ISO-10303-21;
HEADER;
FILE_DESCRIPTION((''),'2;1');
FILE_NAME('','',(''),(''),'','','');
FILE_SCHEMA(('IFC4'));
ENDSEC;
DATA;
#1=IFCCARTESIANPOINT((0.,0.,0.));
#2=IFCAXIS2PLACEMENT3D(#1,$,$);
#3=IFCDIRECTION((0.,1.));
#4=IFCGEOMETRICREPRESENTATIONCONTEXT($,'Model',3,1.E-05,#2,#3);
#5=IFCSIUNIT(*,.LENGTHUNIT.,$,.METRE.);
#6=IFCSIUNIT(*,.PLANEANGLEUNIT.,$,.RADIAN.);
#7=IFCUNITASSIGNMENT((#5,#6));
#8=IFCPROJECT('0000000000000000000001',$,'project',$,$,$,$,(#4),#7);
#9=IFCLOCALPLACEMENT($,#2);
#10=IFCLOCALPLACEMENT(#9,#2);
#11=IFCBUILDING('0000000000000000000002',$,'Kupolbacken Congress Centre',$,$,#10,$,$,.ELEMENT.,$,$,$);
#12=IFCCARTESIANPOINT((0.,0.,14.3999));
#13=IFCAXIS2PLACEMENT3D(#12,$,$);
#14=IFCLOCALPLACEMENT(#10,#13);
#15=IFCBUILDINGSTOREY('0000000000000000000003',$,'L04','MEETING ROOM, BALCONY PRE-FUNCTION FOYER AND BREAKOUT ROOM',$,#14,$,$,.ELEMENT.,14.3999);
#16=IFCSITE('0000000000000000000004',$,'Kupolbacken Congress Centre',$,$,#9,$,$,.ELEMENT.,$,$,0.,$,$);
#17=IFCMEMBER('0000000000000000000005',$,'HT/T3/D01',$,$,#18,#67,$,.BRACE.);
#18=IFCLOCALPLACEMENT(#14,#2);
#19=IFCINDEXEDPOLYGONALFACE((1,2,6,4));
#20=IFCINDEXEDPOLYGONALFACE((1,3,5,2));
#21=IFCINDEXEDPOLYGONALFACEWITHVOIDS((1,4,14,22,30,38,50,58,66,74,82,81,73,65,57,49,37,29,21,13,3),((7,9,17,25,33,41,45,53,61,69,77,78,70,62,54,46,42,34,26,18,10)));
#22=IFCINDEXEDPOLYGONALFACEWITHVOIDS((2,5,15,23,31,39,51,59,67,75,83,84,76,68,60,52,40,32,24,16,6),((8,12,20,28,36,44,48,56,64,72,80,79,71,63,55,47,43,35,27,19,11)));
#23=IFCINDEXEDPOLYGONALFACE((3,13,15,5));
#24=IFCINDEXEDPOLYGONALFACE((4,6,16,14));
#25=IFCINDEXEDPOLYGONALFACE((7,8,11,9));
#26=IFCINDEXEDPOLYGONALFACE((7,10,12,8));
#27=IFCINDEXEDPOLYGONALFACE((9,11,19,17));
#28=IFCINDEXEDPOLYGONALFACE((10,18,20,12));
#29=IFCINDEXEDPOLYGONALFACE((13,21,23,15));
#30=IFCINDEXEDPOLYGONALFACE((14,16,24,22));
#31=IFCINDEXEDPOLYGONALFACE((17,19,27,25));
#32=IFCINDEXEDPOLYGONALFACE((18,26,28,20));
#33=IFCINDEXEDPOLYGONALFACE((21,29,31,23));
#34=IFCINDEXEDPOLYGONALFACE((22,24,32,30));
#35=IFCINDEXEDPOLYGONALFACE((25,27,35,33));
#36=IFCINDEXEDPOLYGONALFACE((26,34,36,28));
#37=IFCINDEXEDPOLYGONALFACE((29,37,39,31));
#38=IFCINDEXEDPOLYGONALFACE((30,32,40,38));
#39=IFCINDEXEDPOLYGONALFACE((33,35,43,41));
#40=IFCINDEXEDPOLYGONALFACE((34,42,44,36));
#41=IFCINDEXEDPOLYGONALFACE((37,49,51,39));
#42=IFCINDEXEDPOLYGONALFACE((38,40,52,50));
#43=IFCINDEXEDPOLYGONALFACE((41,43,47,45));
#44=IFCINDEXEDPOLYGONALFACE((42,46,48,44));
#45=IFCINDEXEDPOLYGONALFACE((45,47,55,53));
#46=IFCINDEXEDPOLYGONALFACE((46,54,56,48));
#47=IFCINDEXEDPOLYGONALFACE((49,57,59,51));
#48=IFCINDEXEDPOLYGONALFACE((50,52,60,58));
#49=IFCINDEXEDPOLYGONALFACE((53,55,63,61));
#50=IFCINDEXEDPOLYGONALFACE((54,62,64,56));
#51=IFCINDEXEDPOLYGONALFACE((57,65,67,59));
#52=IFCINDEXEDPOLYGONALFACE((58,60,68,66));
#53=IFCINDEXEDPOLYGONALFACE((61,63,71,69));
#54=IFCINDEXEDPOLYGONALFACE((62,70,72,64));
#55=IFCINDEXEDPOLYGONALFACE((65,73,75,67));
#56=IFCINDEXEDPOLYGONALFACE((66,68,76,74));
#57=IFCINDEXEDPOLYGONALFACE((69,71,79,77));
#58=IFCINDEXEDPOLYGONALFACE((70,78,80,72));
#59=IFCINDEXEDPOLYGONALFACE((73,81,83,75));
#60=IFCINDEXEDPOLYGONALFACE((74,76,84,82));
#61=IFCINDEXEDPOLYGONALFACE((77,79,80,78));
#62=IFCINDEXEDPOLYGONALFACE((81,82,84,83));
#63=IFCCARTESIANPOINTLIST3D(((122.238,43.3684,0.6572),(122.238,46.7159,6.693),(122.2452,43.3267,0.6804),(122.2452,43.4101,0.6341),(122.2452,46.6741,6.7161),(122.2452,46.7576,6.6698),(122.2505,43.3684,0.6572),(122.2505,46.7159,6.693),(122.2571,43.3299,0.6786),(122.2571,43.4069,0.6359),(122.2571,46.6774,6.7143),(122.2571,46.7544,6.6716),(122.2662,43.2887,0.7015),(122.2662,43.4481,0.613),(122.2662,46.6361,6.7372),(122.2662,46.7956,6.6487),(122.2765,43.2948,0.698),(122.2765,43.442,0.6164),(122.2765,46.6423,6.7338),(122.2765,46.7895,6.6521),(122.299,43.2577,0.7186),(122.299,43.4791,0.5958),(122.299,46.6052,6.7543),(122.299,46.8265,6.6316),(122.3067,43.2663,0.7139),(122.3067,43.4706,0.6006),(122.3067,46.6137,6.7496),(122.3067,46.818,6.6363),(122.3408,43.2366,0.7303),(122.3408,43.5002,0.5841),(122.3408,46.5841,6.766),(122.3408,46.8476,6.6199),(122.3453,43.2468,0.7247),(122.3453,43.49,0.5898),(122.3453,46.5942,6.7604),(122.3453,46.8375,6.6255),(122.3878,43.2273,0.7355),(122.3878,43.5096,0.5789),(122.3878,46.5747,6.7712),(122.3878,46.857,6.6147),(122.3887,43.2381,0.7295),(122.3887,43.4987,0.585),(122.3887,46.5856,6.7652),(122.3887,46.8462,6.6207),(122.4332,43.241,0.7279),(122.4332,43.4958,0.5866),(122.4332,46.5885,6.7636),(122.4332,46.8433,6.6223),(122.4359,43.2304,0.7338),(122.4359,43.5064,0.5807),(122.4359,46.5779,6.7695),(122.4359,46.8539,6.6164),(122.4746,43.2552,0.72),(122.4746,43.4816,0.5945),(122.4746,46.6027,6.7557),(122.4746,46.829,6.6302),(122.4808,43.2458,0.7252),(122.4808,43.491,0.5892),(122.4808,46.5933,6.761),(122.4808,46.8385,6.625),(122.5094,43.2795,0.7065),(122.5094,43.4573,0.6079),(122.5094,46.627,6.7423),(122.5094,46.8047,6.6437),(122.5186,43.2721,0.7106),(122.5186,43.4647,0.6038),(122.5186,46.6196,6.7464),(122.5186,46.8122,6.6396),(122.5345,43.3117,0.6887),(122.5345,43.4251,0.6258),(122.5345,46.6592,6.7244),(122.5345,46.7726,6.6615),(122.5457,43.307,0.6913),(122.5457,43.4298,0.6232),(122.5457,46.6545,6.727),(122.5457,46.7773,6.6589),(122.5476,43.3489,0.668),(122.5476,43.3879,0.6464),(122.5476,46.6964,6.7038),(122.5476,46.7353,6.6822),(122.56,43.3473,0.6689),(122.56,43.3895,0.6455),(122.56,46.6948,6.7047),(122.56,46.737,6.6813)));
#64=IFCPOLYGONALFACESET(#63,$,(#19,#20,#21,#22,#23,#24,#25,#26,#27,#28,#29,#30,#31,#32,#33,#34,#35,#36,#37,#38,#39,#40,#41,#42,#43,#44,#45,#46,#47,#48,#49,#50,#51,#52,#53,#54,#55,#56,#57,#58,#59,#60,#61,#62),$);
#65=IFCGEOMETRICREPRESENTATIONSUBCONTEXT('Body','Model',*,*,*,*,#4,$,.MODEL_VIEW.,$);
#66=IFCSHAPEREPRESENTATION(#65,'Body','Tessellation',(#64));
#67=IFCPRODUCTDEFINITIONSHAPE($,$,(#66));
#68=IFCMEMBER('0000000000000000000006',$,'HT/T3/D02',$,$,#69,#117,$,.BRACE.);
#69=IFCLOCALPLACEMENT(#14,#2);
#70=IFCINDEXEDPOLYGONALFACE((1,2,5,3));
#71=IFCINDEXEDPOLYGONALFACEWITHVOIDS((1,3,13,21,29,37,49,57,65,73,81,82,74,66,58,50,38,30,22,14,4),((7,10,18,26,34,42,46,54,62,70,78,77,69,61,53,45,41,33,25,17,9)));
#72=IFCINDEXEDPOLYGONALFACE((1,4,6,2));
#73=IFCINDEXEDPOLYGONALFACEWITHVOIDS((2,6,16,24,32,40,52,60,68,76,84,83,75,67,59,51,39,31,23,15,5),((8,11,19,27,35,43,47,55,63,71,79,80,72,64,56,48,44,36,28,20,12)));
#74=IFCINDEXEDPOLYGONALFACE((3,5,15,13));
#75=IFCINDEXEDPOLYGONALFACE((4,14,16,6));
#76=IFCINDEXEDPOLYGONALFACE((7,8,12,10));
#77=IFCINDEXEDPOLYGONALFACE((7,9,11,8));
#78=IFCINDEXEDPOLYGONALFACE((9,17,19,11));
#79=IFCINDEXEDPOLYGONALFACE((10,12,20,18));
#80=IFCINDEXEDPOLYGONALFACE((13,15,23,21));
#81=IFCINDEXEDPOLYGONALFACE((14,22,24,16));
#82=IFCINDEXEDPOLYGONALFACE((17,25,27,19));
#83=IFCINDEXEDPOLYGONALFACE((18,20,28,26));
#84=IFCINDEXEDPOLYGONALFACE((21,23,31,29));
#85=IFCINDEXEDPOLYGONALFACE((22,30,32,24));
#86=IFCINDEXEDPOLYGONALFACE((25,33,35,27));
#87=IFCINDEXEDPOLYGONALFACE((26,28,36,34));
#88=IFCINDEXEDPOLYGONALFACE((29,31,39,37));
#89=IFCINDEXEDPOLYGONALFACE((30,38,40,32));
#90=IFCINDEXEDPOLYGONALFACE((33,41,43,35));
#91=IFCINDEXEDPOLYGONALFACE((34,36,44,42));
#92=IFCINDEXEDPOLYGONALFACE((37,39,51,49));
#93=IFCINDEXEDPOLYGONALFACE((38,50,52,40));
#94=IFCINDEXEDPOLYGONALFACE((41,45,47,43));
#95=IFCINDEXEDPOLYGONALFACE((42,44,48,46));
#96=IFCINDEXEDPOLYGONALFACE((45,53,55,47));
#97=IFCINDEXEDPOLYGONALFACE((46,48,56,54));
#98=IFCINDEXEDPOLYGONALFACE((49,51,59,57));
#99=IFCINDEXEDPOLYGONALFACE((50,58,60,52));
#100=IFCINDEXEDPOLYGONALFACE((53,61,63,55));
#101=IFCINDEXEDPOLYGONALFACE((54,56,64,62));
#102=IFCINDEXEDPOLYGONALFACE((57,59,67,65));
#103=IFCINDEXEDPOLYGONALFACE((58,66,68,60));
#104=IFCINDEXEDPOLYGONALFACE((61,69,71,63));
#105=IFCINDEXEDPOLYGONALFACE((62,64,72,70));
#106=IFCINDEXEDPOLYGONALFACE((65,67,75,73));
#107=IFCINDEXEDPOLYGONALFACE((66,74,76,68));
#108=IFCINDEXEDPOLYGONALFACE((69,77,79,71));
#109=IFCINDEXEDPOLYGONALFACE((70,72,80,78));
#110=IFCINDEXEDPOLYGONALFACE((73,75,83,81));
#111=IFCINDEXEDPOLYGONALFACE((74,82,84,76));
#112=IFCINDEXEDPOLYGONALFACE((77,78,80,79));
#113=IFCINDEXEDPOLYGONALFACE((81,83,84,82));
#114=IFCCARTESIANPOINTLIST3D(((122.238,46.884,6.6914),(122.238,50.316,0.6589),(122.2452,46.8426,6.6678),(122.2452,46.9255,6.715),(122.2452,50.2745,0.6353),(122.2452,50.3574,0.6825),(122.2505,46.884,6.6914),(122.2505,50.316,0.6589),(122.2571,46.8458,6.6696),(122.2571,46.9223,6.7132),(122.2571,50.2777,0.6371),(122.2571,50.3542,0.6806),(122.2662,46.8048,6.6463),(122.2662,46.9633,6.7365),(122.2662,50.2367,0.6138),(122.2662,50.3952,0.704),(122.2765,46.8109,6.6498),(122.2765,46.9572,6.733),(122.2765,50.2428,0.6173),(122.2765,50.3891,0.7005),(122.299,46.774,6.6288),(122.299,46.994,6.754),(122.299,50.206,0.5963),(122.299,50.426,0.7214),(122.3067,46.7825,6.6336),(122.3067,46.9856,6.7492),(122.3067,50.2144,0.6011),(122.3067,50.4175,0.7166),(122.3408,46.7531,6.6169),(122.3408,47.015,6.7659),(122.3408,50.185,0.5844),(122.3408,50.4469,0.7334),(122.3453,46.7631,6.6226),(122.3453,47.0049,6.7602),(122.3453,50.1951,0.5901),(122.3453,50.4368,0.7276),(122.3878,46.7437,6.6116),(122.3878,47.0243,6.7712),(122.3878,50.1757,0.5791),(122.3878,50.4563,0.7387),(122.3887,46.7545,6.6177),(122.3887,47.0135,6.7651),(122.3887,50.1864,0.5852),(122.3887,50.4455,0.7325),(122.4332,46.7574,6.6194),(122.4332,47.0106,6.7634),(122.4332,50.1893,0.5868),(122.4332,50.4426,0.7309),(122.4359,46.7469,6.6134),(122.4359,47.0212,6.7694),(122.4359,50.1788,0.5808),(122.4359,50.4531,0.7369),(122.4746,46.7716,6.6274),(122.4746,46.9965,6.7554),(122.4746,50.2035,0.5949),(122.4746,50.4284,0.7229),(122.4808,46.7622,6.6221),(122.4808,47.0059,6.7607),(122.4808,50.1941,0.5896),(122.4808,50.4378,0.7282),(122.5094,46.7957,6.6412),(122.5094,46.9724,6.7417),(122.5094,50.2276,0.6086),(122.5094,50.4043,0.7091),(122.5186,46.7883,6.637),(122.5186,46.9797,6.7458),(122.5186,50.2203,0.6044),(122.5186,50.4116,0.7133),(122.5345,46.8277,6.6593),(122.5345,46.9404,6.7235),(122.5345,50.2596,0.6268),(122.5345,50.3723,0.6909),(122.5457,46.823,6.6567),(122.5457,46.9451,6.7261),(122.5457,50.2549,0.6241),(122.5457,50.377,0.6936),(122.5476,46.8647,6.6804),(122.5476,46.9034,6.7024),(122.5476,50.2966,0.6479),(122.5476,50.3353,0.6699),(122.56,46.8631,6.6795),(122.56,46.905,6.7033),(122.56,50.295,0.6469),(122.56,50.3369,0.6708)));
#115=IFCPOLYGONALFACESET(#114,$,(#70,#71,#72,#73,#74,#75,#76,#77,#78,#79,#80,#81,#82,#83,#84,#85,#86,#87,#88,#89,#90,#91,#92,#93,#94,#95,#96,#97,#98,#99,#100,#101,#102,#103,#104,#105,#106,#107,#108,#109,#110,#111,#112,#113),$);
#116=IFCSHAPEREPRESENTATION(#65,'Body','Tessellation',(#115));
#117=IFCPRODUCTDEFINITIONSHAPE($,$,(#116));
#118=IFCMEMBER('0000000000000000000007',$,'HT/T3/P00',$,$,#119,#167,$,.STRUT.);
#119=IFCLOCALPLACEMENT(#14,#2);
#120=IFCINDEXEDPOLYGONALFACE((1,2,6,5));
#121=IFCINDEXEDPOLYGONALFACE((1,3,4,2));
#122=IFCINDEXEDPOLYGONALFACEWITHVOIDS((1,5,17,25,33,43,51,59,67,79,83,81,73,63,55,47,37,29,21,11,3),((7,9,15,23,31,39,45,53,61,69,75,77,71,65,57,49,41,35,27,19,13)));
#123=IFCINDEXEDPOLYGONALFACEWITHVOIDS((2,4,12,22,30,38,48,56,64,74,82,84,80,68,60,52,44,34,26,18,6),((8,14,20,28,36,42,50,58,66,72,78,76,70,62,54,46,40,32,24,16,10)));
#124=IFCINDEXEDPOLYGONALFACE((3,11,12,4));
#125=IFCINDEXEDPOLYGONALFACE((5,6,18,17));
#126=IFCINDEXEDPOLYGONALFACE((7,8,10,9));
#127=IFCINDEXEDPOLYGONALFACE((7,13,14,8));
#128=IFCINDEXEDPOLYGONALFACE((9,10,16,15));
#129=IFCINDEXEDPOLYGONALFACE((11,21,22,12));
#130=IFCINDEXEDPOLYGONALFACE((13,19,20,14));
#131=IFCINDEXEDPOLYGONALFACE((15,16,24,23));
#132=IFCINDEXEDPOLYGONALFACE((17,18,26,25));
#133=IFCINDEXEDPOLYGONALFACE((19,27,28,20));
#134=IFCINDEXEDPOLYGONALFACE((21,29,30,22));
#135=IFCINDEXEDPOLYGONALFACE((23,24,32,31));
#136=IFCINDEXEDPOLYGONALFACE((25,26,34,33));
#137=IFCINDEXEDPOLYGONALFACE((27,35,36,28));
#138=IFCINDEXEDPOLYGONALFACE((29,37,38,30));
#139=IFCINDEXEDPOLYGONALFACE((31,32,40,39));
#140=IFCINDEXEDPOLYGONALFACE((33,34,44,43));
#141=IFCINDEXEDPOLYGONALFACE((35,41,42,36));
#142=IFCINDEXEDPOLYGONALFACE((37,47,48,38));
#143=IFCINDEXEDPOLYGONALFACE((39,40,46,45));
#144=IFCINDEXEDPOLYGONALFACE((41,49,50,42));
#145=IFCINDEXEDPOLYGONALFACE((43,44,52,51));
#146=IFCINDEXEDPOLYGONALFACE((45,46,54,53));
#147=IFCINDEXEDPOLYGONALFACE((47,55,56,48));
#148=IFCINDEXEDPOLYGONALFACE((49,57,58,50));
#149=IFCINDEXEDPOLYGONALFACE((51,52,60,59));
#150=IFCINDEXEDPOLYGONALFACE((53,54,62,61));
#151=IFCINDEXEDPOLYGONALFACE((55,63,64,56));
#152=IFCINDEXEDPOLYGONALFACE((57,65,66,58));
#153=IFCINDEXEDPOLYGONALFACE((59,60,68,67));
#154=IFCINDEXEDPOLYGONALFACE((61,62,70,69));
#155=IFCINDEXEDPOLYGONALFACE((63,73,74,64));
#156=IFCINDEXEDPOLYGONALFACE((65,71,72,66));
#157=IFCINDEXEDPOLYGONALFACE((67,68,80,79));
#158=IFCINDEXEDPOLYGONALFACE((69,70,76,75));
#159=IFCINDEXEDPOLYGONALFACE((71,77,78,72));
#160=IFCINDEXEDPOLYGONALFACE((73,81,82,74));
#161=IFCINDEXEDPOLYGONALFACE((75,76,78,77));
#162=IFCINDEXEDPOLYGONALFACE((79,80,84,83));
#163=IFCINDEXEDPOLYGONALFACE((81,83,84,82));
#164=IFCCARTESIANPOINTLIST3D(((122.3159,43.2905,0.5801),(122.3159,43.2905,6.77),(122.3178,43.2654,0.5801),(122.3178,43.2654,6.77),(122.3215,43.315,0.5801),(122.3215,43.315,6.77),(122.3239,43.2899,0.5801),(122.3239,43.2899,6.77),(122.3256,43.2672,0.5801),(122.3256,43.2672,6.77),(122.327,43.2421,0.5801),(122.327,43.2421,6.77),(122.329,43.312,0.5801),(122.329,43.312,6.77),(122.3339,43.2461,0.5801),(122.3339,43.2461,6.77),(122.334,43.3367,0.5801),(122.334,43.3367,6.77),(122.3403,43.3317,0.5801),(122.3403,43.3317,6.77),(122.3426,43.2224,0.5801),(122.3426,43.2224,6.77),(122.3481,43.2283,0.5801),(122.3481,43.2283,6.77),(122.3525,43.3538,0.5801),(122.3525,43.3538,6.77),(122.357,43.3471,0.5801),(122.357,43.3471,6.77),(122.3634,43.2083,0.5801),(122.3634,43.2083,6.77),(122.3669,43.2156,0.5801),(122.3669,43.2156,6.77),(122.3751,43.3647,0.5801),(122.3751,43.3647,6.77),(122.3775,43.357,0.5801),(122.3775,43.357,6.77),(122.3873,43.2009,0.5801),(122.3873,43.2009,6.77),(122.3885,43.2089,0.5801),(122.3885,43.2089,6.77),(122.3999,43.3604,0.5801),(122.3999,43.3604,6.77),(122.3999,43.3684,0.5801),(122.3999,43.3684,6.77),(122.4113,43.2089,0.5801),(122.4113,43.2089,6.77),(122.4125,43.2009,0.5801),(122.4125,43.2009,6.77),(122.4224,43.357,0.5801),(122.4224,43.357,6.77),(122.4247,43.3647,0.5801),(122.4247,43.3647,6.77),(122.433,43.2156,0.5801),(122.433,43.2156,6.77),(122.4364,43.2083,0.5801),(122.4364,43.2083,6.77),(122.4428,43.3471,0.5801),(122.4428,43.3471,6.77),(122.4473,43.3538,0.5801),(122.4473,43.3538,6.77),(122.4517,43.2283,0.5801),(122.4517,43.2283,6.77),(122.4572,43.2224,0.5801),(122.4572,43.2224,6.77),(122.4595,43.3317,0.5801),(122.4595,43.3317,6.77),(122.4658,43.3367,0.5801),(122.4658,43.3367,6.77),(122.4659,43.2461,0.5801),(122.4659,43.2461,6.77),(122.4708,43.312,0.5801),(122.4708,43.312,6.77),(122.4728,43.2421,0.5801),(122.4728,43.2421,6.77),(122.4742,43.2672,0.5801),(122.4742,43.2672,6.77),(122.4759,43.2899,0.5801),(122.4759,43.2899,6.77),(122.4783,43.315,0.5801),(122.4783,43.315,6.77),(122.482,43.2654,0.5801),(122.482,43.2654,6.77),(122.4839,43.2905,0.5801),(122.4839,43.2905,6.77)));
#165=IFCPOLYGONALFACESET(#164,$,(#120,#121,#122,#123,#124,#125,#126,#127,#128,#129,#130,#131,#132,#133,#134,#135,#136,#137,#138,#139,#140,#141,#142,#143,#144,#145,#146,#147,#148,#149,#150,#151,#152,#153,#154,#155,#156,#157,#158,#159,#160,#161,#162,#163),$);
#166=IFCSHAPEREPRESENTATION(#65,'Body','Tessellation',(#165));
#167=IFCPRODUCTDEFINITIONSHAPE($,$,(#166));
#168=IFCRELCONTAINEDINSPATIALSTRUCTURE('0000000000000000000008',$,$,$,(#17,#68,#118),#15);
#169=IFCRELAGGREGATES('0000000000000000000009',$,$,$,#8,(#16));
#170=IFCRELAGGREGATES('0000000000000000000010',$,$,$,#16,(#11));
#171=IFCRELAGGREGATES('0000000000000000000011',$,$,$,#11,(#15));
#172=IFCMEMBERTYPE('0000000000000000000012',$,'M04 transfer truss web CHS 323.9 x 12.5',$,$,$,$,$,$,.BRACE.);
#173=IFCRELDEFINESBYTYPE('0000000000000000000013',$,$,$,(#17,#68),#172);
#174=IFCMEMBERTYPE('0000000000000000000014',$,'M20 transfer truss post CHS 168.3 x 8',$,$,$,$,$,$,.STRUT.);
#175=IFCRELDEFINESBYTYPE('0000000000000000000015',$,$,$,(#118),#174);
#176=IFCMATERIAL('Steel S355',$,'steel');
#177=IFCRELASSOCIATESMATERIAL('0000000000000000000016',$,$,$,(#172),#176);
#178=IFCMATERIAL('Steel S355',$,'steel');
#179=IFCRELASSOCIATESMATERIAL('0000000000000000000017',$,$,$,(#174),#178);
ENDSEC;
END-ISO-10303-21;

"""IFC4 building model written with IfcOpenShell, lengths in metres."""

from ifc_helpers import new_model, si_unit, direction, frame, origin, origin_2d, place, context, subcontext, project, spatial, hollow_circle, extrude, material, material_profile, profile_set, type_object, element, save


model = new_model("IFC4")

# Units and contexts
model_context = context("Model", 3, precision=1e-05, world=origin(), true_north=direction((0.0, 1.0)))
body_context = subcontext(model_context, "Body", "Model", "MODEL_VIEW")
ifc_project = project(units=[si_unit("LENGTHUNIT", "METRE"), si_unit("PLANEANGLEUNIT", "RADIAN")], contexts=[model_context])

# Site, building, storey
site_placement = place(None, origin())
site = spatial("IfcSite", under=ifc_project, at=site_placement, Name="Kupolbacken Congress Centre", CompositionType="ELEMENT", RefElevation=0.0)
building_placement = place(site_placement, origin())
building = spatial("IfcBuilding", under=site, at=building_placement, Name="Kupolbacken Congress Centre", CompositionType="ELEMENT")
storey_placement = place(building_placement, frame((0.0, 0.0, 14.3999)))
storey = spatial("IfcBuildingStorey", under=building, at=storey_placement, Name="L04", Description="MEETING ROOM, BALCONY PRE-FUNCTION FOYER AND BREAKOUT ROOM", CompositionType="ELEMENT", Elevation=14.3999)

# Members
ifc_material_1 = material(Name="Steel S355", Category="steel")
ifc_material_profile_1 = material_profile(ifc_material_1, hollow_circle(Radius=0.1619, WallThickness=0.0125, at=origin_2d()), Name="CHS 323.9 x 12.5")
ifc_profile_set_1 = profile_set([ifc_material_profile_1], Name="Steel S355")
member_type_1 = type_object("IfcMemberType", Name="M04 transfer truss web CHS 323.9 x 12.5", PredefinedType="BRACE", material=ifc_profile_set_1)
member_1_placement = place(storey_placement, frame((122.3999, 43.3684, 0.6572), z_axis=(0.0, 0.485009, 0.874509), x_axis=(-1.0, 0.0, 0.0)))
element("IfcMember", 1, at=member_1_placement, inside=storey, type_object=member_type_1, Name="HT/T3/D01", PredefinedType="BRACE", context=body_context, shape_type="SweptSolid", body=[
    extrude(hollow_circle(Radius=0.1619, WallThickness=0.0125, at=origin_2d()), origin(), (0.0, 0.0, 1.0), 6.9019),
])
member_2_placement = place(storey_placement, frame((122.3999, 46.884, 6.6914), z_axis=(0.0, 0.494483, -0.869188), x_axis=(-1.0, 0.0, 0.0)))
element("IfcMember", 2, at=member_2_placement, inside=storey, type_object=member_type_1, Name="HT/T3/D02", PredefinedType="BRACE", context=body_context, shape_type="SweptSolid", body=[
    extrude(hollow_circle(Radius=0.1619, WallThickness=0.0125, at=origin_2d()), origin(), (0.0, 0.0, 1.0), 6.9404),
])
ifc_material_2 = material(Name="Steel S355", Category="steel")
ifc_material_profile_2 = material_profile(ifc_material_2, hollow_circle(Radius=0.0842, WallThickness=0.0081, at=origin_2d()), Name="CHS 168.3 x 8")
ifc_profile_set_2 = profile_set([ifc_material_profile_2], Name="Steel S355")
member_type_2 = type_object("IfcMemberType", Name="M20 transfer truss post CHS 168.3 x 8", PredefinedType="STRUT", material=ifc_profile_set_2)
for number, where, z_axis, x_axis, name in (
    (3, (122.3999, 43.2842, 0.5801), (0.0, 0.0, 1.0), (0.0, 1.0, 0.0), "HT/T3/P00"),
):
    element("IfcMember", number, at=place(storey_placement, frame(where, z_axis=z_axis, x_axis=x_axis)), inside=storey, type_object=member_type_2, Name=name, PredefinedType="STRUT", context=body_context, shape_type="SweptSolid", body=[
        extrude(hollow_circle(Radius=0.0842, WallThickness=0.0081, at=origin_2d()), origin(), (0.0, 0.0, 1.0), 6.1899),
    ])

save(model, "model.ifc")
